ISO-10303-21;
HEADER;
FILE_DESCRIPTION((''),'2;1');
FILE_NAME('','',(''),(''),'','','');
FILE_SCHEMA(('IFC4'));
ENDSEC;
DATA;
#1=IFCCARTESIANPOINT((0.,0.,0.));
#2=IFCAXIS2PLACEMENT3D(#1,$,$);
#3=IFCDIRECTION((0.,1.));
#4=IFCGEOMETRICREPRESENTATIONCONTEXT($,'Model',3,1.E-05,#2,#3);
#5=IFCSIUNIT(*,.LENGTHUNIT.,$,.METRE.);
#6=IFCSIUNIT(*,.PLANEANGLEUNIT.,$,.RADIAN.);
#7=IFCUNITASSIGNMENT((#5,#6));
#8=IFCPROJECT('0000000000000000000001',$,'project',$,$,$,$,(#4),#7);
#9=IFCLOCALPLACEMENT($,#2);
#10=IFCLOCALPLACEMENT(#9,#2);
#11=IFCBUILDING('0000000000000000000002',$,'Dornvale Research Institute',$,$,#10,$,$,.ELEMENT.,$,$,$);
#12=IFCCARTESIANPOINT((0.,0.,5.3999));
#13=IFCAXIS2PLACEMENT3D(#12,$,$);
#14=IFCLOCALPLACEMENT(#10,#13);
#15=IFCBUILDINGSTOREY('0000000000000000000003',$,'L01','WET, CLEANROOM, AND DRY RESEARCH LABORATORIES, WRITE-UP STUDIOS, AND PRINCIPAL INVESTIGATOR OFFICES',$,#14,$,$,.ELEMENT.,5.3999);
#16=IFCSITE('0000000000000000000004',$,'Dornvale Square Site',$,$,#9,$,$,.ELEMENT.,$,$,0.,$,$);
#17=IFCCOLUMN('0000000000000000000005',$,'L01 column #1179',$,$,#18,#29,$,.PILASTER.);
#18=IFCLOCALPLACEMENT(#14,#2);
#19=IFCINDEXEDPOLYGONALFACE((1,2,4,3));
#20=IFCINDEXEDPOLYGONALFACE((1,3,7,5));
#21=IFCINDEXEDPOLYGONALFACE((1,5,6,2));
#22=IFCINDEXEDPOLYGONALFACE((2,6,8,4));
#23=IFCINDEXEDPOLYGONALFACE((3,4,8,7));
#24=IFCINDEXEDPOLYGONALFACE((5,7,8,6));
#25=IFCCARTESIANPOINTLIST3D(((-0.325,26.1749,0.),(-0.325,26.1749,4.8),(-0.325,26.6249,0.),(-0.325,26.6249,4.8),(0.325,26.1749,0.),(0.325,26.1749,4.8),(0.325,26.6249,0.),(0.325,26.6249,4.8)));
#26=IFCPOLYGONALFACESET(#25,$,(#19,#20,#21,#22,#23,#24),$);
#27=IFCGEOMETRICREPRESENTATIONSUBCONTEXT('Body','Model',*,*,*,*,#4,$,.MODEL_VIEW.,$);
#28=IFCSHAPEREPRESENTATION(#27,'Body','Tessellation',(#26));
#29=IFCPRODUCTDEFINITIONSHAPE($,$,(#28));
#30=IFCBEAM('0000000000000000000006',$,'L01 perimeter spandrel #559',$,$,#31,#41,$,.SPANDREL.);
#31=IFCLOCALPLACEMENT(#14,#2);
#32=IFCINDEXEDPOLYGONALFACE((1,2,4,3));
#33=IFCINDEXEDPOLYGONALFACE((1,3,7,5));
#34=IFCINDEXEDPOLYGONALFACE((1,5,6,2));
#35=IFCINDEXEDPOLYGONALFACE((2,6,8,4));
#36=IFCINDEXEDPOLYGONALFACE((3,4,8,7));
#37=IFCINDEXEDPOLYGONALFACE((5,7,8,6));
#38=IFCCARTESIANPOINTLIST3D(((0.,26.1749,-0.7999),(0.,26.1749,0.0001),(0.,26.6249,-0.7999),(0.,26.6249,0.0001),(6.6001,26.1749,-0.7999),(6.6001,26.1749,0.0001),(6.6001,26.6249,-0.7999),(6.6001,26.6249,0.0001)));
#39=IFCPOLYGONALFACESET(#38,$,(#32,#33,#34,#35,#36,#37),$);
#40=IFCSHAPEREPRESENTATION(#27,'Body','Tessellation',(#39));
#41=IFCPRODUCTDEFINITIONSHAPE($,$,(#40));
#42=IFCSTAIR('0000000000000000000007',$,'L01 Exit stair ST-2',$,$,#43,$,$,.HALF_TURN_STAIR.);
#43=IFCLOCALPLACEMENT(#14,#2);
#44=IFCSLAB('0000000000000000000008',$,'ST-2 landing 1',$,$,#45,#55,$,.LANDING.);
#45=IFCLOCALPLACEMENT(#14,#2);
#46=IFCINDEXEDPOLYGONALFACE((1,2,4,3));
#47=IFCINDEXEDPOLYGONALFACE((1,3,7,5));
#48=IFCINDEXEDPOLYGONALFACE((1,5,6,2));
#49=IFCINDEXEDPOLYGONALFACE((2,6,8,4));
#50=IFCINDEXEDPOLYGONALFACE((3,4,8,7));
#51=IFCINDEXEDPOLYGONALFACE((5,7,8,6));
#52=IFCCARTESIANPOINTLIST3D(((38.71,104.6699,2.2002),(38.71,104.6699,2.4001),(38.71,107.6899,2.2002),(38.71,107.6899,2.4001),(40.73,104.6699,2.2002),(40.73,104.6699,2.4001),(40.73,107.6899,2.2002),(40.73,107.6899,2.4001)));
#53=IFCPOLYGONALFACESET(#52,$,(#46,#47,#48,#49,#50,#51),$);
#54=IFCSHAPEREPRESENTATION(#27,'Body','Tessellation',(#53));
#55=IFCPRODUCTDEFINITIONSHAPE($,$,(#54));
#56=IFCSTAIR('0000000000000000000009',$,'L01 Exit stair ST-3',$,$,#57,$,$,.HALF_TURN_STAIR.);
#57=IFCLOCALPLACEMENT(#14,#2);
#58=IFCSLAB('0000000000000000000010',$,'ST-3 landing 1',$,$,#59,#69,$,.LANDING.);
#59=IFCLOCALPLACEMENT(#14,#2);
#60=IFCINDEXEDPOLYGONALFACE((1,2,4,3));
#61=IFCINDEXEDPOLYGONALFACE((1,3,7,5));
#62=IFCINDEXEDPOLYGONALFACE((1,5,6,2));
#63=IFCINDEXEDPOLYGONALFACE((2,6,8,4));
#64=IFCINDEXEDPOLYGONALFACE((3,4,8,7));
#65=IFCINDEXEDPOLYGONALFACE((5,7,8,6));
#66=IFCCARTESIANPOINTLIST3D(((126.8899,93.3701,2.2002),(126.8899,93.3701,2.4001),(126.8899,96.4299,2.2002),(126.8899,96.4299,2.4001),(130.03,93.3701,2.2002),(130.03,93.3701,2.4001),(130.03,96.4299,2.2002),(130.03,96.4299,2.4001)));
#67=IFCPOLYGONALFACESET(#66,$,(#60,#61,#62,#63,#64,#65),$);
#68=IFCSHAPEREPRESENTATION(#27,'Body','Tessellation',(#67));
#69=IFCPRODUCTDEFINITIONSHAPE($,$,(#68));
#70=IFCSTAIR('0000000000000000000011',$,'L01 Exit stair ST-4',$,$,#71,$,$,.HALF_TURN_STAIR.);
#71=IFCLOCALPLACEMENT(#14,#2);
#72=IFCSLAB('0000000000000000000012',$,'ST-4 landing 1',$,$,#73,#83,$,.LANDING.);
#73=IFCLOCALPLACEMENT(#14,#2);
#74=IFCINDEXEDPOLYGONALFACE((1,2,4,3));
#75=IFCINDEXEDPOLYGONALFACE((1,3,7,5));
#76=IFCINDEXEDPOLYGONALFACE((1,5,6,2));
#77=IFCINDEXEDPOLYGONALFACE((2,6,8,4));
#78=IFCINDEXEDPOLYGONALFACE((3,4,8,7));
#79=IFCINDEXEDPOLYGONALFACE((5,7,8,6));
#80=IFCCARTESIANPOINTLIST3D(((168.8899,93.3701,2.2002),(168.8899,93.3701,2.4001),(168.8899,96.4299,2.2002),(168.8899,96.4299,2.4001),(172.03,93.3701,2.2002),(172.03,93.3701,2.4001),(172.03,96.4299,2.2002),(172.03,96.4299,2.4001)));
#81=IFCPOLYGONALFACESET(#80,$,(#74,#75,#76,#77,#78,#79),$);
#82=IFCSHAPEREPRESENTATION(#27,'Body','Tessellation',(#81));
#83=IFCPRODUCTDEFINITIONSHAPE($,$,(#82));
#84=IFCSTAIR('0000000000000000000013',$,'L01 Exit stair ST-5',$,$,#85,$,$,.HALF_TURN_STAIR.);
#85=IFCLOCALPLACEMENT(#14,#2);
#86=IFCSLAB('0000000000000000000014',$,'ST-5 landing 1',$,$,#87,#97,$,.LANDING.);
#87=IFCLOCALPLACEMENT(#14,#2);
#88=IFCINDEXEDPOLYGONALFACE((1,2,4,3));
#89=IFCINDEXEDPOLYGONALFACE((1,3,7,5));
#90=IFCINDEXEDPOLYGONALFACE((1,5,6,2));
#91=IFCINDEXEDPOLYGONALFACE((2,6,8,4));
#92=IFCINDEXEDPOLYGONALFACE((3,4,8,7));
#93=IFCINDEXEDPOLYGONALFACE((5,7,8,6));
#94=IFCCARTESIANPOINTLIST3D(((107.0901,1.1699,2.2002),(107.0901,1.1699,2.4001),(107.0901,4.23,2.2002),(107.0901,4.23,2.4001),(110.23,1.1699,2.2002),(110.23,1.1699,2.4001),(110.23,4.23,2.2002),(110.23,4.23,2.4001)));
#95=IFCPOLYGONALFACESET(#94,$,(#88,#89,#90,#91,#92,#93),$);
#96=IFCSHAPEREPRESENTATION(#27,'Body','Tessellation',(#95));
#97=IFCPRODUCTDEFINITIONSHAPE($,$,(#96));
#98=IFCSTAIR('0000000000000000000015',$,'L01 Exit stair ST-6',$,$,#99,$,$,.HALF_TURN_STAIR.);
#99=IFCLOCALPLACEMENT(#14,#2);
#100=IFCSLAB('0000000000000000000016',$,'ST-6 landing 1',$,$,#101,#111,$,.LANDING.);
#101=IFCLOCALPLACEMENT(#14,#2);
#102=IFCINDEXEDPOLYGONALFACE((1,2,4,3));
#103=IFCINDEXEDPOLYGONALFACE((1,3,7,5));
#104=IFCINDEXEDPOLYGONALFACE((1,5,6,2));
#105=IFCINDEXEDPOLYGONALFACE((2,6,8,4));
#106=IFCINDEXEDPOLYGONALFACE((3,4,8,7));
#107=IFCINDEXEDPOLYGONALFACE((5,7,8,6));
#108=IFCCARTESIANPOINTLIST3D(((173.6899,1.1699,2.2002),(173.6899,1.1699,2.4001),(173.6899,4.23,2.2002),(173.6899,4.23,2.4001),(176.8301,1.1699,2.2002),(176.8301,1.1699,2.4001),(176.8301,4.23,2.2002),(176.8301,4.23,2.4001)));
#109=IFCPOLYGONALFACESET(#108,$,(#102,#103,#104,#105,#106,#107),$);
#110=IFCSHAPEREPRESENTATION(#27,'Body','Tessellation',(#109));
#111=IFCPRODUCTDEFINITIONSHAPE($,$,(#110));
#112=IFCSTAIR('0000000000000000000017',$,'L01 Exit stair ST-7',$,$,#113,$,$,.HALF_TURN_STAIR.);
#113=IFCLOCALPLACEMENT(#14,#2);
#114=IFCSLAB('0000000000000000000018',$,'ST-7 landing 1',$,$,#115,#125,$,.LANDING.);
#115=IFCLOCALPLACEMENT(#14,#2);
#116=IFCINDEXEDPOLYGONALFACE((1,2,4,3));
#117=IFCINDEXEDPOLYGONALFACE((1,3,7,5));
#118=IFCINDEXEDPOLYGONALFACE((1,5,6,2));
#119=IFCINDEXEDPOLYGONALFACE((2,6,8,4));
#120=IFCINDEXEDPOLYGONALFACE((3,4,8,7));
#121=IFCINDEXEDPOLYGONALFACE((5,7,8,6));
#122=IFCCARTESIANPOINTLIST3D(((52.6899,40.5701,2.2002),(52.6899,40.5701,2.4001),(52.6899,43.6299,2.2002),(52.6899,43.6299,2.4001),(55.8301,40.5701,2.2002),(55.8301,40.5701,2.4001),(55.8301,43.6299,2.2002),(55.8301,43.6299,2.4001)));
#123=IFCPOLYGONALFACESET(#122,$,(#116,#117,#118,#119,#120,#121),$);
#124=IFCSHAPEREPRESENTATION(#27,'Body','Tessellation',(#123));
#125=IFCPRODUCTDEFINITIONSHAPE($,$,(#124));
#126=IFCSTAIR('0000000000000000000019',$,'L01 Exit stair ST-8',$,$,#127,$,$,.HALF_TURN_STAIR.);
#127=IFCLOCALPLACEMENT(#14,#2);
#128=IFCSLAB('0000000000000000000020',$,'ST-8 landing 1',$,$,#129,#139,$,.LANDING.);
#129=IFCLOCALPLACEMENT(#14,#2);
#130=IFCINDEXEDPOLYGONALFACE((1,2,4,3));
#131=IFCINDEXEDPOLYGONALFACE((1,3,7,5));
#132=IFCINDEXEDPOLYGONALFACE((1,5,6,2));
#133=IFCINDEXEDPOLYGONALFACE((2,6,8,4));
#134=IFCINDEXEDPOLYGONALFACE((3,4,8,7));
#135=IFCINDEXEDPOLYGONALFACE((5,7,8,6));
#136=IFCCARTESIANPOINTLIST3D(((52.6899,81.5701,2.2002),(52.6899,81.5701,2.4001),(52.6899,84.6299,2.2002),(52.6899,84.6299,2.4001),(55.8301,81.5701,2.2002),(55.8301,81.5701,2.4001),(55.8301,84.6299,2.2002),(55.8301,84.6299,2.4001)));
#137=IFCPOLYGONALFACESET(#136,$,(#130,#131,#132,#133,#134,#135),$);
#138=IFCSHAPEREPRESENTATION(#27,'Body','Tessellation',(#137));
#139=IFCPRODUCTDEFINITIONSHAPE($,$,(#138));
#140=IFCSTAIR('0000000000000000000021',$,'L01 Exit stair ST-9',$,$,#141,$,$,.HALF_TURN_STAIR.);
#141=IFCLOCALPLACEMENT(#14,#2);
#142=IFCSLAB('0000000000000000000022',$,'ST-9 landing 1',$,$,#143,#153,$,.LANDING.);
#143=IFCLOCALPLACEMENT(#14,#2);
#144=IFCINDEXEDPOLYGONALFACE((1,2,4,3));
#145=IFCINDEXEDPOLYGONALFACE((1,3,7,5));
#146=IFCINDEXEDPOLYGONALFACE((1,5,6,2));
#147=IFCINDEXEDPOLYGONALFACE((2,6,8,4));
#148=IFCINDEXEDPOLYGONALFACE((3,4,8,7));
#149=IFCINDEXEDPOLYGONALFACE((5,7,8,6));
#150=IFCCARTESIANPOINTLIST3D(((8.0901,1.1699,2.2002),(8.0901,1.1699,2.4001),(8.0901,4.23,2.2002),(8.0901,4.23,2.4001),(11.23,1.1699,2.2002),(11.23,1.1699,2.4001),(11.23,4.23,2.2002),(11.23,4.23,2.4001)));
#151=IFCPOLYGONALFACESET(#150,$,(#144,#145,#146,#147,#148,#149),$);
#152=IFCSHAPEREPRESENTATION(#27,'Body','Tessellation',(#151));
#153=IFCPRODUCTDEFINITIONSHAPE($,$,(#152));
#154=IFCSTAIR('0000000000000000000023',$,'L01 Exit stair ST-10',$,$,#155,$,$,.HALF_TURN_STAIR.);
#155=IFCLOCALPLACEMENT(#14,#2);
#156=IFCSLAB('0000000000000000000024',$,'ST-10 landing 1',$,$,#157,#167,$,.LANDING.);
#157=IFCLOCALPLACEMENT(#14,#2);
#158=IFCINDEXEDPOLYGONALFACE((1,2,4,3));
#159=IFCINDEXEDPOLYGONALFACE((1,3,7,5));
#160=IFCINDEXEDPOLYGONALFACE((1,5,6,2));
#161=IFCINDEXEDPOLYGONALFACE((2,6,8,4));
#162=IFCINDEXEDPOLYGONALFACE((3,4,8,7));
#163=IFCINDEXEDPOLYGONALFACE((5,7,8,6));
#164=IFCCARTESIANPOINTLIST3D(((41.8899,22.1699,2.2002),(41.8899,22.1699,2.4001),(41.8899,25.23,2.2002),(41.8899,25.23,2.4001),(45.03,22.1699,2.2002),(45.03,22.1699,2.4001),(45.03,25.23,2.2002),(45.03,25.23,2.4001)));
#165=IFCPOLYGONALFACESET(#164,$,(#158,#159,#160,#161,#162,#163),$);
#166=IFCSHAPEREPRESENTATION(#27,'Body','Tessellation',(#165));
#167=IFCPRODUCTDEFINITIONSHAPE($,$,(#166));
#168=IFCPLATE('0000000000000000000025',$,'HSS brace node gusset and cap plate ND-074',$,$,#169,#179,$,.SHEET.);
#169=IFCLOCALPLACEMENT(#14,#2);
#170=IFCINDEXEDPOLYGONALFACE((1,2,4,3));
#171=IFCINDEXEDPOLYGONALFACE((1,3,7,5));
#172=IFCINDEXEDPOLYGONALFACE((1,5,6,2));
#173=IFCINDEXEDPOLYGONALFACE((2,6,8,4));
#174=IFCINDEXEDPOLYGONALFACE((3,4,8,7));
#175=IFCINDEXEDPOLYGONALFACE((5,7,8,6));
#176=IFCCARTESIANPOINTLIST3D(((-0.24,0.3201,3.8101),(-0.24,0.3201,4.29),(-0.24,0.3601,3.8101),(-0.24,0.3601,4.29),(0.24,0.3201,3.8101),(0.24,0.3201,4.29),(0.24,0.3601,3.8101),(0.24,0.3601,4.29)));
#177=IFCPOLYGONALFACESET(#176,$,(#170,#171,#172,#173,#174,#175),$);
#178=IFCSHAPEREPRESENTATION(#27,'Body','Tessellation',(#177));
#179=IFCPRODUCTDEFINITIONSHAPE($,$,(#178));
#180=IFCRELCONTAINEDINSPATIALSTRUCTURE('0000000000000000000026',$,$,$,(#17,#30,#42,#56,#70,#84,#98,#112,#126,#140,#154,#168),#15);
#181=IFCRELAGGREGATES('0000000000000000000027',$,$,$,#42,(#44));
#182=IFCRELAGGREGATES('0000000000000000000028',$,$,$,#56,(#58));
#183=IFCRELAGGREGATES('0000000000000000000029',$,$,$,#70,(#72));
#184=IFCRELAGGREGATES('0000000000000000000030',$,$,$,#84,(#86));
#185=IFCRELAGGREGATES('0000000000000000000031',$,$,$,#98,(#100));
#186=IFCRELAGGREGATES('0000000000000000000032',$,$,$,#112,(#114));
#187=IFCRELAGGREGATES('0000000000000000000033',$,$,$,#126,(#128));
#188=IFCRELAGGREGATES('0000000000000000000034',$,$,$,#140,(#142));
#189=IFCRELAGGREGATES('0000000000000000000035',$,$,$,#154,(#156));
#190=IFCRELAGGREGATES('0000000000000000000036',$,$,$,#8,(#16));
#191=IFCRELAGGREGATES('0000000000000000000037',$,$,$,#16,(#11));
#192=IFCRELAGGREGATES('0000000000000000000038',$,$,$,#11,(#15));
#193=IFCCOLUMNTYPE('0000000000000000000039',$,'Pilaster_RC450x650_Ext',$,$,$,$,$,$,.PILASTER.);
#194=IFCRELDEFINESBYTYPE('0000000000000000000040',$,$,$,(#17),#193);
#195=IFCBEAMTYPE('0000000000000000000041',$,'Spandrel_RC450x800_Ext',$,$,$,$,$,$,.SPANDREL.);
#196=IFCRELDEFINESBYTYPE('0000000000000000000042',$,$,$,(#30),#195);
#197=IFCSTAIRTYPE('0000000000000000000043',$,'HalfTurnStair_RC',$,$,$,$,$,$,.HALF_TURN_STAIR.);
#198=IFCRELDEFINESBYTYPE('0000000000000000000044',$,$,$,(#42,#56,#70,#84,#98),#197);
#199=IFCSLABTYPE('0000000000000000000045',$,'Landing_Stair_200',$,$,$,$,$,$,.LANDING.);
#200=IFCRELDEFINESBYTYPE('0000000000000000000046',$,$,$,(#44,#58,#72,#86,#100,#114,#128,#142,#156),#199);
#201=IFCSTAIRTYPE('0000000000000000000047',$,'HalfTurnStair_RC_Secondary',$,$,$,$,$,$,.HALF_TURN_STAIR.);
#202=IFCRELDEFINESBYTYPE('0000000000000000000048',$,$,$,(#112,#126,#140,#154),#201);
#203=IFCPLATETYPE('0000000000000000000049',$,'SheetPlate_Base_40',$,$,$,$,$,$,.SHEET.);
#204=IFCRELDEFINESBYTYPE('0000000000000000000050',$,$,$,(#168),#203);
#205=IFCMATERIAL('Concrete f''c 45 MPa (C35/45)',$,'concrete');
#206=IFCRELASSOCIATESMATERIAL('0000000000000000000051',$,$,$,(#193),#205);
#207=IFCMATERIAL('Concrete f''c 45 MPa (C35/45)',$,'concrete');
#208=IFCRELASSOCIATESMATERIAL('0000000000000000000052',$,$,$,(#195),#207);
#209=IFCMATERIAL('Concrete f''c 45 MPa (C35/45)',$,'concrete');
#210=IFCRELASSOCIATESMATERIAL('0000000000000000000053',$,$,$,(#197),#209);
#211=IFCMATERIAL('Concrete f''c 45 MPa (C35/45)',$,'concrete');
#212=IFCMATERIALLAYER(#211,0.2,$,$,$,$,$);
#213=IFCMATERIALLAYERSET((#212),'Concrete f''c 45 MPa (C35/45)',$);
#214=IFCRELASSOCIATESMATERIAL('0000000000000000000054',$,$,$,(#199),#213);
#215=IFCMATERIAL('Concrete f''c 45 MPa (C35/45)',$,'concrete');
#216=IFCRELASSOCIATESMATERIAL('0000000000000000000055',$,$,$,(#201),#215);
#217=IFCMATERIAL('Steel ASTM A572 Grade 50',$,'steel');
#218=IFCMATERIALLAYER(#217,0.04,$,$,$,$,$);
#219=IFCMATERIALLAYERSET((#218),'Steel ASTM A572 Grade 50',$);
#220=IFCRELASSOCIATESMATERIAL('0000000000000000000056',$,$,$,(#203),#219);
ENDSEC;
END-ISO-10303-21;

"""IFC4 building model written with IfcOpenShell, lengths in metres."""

from ifc_helpers import new_model, si_unit, direction, frame, origin, origin_2d, place, context, subcontext, project, spatial, polyline, rectangle, outline, extrude, material, layer, layer_set, material_profile, profile_set, type_object, element, aggregate, save


model = new_model("IFC4")

# Units and contexts
model_context = context("Model", 3, precision=1e-05, world=origin(), true_north=direction((0.0, 1.0)))
body_context = subcontext(model_context, "Body", "Model", "MODEL_VIEW")
ifc_project = project(units=[si_unit("LENGTHUNIT", "METRE"), si_unit("PLANEANGLEUNIT", "RADIAN")], contexts=[model_context])

# Site, building, storey
site_placement = place(None, origin())
site = spatial("IfcSite", under=ifc_project, at=site_placement, Name="Dornvale Square Site", CompositionType="ELEMENT", RefElevation=0.0)
building_placement = place(site_placement, origin())
building = spatial("IfcBuilding", under=site, at=building_placement, Name="Dornvale Research Institute", CompositionType="ELEMENT")
storey_placement = place(building_placement, frame((0.0, 0.0, 5.3999)))
storey = spatial("IfcBuildingStorey", under=building, at=storey_placement, Name="L01", Description="WET, CLEANROOM, AND DRY RESEARCH LABORATORIES, WRITE-UP STUDIOS, AND PRINCIPAL INVESTIGATOR OFFICES", CompositionType="ELEMENT", Elevation=5.3999)

# Column
ifc_material_1 = material(Name="Concrete f'c 45 MPa (C35/45)", Category="concrete")
ifc_material_profile_1 = material_profile(ifc_material_1, rectangle(XDim=0.45, YDim=0.6499, at=origin_2d()), Name="RC 450x650")
ifc_profile_set_1 = profile_set([ifc_material_profile_1], Name="Concrete f'c 45 MPa (C35/45)")
column_type = type_object("IfcColumnType", Name="Pilaster_RC450x650_Ext", PredefinedType="PILASTER", material=ifc_profile_set_1)
column_placement = place(storey_placement, frame((0.0, 26.3999, 0.0), z_axis=(0.0, 0.0, 1.0), x_axis=(0.0, 1.0, 0.0)))
element("IfcColumn", 1, at=column_placement, inside=storey, type_object=column_type, Name="L01 column #1179", PredefinedType="PILASTER", context=body_context, shape_type="SweptSolid", body=[
    extrude(rectangle(XDim=0.45, YDim=0.6499, at=origin_2d()), origin(), (0.0, 0.0, 1.0), 4.8),
])

# Beam
ifc_material_2 = material(Name="Concrete f'c 45 MPa (C35/45)", Category="concrete")
ifc_material_profile_2 = material_profile(ifc_material_2, rectangle(XDim=0.45, YDim=0.8, at=origin_2d()), Name="RC 450x800")
ifc_profile_set_2 = profile_set([ifc_material_profile_2], Name="Concrete f'c 45 MPa (C35/45)")
beam_type = type_object("IfcBeamType", Name="Spandrel_RC450x800_Ext", PredefinedType="SPANDREL", material=ifc_profile_set_2)
beam_placement = place(storey_placement, frame((0.0, 26.3999, -0.3999), z_axis=(1.0, 0.0, 0.0), x_axis=(0.0, 1.0, 0.0)))
element("IfcBeam", 2, at=beam_placement, inside=storey, type_object=beam_type, Name="L01 perimeter spandrel #559", PredefinedType="SPANDREL", context=body_context, shape_type="SweptSolid", body=[
    extrude(rectangle(XDim=0.45, YDim=0.8, at=origin_2d()), origin(), (0.0, 0.0, 1.0), 6.6001),
])

# Stairs, slabs
ifc_material_3 = material(Name="Concrete f'c 45 MPa (C35/45)", Category="concrete")
stair_type_1 = type_object("IfcStairType", Name="HalfTurnStair_RC", PredefinedType="HALF_TURN_STAIR", material=ifc_material_3)
stair_1_placement = place(storey_placement, origin())
stair_1 = element("IfcStair", 3, at=stair_1_placement, inside=storey, type_object=stair_type_1, Name="L01 Exit stair ST-2", PredefinedType="HALF_TURN_STAIR")
ifc_material_4 = material(Name="Concrete f'c 45 MPa (C35/45)", Category="concrete")
ifc_layer_1 = layer(ifc_material_4, 0.2)
ifc_layer_set_1 = layer_set([ifc_layer_1], Name="Concrete f'c 45 MPa (C35/45)")
slab_type = type_object("IfcSlabType", Name="Landing_Stair_200", PredefinedType="LANDING", material=ifc_layer_set_1)
slab_1_placement = place(storey_placement, frame((0.0, 0.0, 2.2002)))
slab_1 = element("IfcSlab", 4, at=slab_1_placement, type_object=slab_type, Name="ST-2 landing 1", PredefinedType="LANDING", context=body_context, shape_type="SweptSolid", body=[
    extrude(outline(polyline([(38.71, 104.6699), (38.71, 107.6899), (40.73, 107.6899), (40.73, 104.6699), (38.71, 104.6699)])), origin(), (0.0, 0.0, 1.0), 0.2),
])
aggregate(stair_1, [slab_1])
stair_2_placement = place(storey_placement, origin())
stair_2 = element("IfcStair", 5, at=stair_2_placement, inside=storey, type_object=stair_type_1, Name="L01 Exit stair ST-3", PredefinedType="HALF_TURN_STAIR")
slab_2_placement = place(storey_placement, frame((0.0, 0.0, 2.2002)))
slab_2 = element("IfcSlab", 6, at=slab_2_placement, type_object=slab_type, Name="ST-3 landing 1", PredefinedType="LANDING", context=body_context, shape_type="SweptSolid", body=[
    extrude(outline(polyline([(126.8899, 93.3701), (126.8899, 96.4299), (130.03, 96.4299), (130.03, 93.3701), (126.8899, 93.3701)])), origin(), (0.0, 0.0, 1.0), 0.2),
])
aggregate(stair_2, [slab_2])
stair_3_placement = place(storey_placement, origin())
stair_3 = element("IfcStair", 7, at=stair_3_placement, inside=storey, type_object=stair_type_1, Name="L01 Exit stair ST-4", PredefinedType="HALF_TURN_STAIR")
slab_3_placement = place(storey_placement, frame((0.0, 0.0, 2.2002)))
slab_3 = element("IfcSlab", 8, at=slab_3_placement, type_object=slab_type, Name="ST-4 landing 1", PredefinedType="LANDING", context=body_context, shape_type="SweptSolid", body=[
    extrude(outline(polyline([(168.8899, 93.3701), (168.8899, 96.4299), (172.03, 96.4299), (172.03, 93.3701), (168.8899, 93.3701)])), origin(), (0.0, 0.0, 1.0), 0.2),
])
aggregate(stair_3, [slab_3])
stair_4_placement = place(storey_placement, origin())
stair_4 = element("IfcStair", 9, at=stair_4_placement, inside=storey, type_object=stair_type_1, Name="L01 Exit stair ST-5", PredefinedType="HALF_TURN_STAIR")
slab_4_placement = place(storey_placement, frame((0.0, 0.0, 2.2002)))
slab_4 = element("IfcSlab", 10, at=slab_4_placement, type_object=slab_type, Name="ST-5 landing 1", PredefinedType="LANDING", context=body_context, shape_type="SweptSolid", body=[
    extrude(outline(polyline([(107.0901, 1.1699), (107.0901, 4.23), (110.23, 4.23), (110.23, 1.1699), (107.0901, 1.1699)])), origin(), (0.0, 0.0, 1.0), 0.2),
])
aggregate(stair_4, [slab_4])
stair_5_placement = place(storey_placement, origin())
stair_5 = element("IfcStair", 11, at=stair_5_placement, inside=storey, type_object=stair_type_1, Name="L01 Exit stair ST-6", PredefinedType="HALF_TURN_STAIR")
slab_5_placement = place(storey_placement, frame((0.0, 0.0, 2.2002)))
slab_5 = element("IfcSlab", 12, at=slab_5_placement, type_object=slab_type, Name="ST-6 landing 1", PredefinedType="LANDING", context=body_context, shape_type="SweptSolid", body=[
    extrude(outline(polyline([(173.6899, 1.1699), (173.6899, 4.23), (176.8301, 4.23), (176.8301, 1.1699), (173.6899, 1.1699)])), origin(), (0.0, 0.0, 1.0), 0.2),
])
aggregate(stair_5, [slab_5])
ifc_material_5 = material(Name="Concrete f'c 45 MPa (C35/45)", Category="concrete")
stair_type_2 = type_object("IfcStairType", Name="HalfTurnStair_RC_Secondary", PredefinedType="HALF_TURN_STAIR", material=ifc_material_5)
stair_6_placement = place(storey_placement, origin())
stair_6 = element("IfcStair", 13, at=stair_6_placement, inside=storey, type_object=stair_type_2, Name="L01 Exit stair ST-7", PredefinedType="HALF_TURN_STAIR")
slab_6_placement = place(storey_placement, frame((0.0, 0.0, 2.2002)))
slab_6 = element("IfcSlab", 14, at=slab_6_placement, type_object=slab_type, Name="ST-7 landing 1", PredefinedType="LANDING", context=body_context, shape_type="SweptSolid", body=[
    extrude(outline(polyline([(52.6899, 40.5701), (52.6899, 43.6299), (55.8301, 43.6299), (55.8301, 40.5701), (52.6899, 40.5701)])), origin(), (0.0, 0.0, 1.0), 0.2),
])
aggregate(stair_6, [slab_6])
stair_7_placement = place(storey_placement, origin())
stair_7 = element("IfcStair", 15, at=stair_7_placement, inside=storey, type_object=stair_type_2, Name="L01 Exit stair ST-8", PredefinedType="HALF_TURN_STAIR")
slab_7_placement = place(storey_placement, frame((0.0, 0.0, 2.2002)))
slab_7 = element("IfcSlab", 16, at=slab_7_placement, type_object=slab_type, Name="ST-8 landing 1", PredefinedType="LANDING", context=body_context, shape_type="SweptSolid", body=[
    extrude(outline(polyline([(52.6899, 81.5701), (52.6899, 84.6299), (55.8301, 84.6299), (55.8301, 81.5701), (52.6899, 81.5701)])), origin(), (0.0, 0.0, 1.0), 0.2),
])
aggregate(stair_7, [slab_7])
stair_8_placement = place(storey_placement, origin())
stair_8 = element("IfcStair", 17, at=stair_8_placement, inside=storey, type_object=stair_type_2, Name="L01 Exit stair ST-9", PredefinedType="HALF_TURN_STAIR")
slab_8_placement = place(storey_placement, frame((0.0, 0.0, 2.2002)))
slab_8 = element("IfcSlab", 18, at=slab_8_placement, type_object=slab_type, Name="ST-9 landing 1", PredefinedType="LANDING", context=body_context, shape_type="SweptSolid", body=[
    extrude(outline(polyline([(8.0901, 1.1699), (8.0901, 4.23), (11.23, 4.23), (11.23, 1.1699), (8.0901, 1.1699)])), origin(), (0.0, 0.0, 1.0), 0.2),
])
aggregate(stair_8, [slab_8])
stair_9_placement = place(storey_placement, origin())
stair_9 = element("IfcStair", 19, at=stair_9_placement, inside=storey, type_object=stair_type_2, Name="L01 Exit stair ST-10", PredefinedType="HALF_TURN_STAIR")
slab_9_placement = place(storey_placement, frame((0.0, 0.0, 2.2002)))
slab_9 = element("IfcSlab", 20, at=slab_9_placement, type_object=slab_type, Name="ST-10 landing 1", PredefinedType="LANDING", context=body_context, shape_type="SweptSolid", body=[
    extrude(outline(polyline([(41.8899, 22.1699), (41.8899, 25.23), (45.03, 25.23), (45.03, 22.1699), (41.8899, 22.1699)])), origin(), (0.0, 0.0, 1.0), 0.2),
])
aggregate(stair_9, [slab_9])

# Plate
ifc_material_6 = material(Name="Steel ASTM A572 Grade 50", Category="steel")
ifc_layer_2 = layer(ifc_material_6, 0.04)
ifc_layer_set_2 = layer_set([ifc_layer_2], Name="Steel ASTM A572 Grade 50")
plate_type = type_object("IfcPlateType", Name="SheetPlate_Base_40", PredefinedType="SHEET", material=ifc_layer_set_2)
plate_placement = place(storey_placement, frame((0.0, 0.3401, 3.8101), z_axis=(0.0, 0.0, 1.0), x_axis=(1.0, 0.0, 0.0)))
element("IfcPlate", 21, at=plate_placement, inside=storey, type_object=plate_type, Name="HSS brace node gusset and cap plate ND-074", PredefinedType="SHEET", context=body_context, shape_type="SweptSolid", body=[
    extrude(rectangle(XDim=0.48, YDim=0.04, at=origin_2d()), origin(), (0.0, 0.0, 1.0), 0.48),
])

save(model, "model.ifc")
